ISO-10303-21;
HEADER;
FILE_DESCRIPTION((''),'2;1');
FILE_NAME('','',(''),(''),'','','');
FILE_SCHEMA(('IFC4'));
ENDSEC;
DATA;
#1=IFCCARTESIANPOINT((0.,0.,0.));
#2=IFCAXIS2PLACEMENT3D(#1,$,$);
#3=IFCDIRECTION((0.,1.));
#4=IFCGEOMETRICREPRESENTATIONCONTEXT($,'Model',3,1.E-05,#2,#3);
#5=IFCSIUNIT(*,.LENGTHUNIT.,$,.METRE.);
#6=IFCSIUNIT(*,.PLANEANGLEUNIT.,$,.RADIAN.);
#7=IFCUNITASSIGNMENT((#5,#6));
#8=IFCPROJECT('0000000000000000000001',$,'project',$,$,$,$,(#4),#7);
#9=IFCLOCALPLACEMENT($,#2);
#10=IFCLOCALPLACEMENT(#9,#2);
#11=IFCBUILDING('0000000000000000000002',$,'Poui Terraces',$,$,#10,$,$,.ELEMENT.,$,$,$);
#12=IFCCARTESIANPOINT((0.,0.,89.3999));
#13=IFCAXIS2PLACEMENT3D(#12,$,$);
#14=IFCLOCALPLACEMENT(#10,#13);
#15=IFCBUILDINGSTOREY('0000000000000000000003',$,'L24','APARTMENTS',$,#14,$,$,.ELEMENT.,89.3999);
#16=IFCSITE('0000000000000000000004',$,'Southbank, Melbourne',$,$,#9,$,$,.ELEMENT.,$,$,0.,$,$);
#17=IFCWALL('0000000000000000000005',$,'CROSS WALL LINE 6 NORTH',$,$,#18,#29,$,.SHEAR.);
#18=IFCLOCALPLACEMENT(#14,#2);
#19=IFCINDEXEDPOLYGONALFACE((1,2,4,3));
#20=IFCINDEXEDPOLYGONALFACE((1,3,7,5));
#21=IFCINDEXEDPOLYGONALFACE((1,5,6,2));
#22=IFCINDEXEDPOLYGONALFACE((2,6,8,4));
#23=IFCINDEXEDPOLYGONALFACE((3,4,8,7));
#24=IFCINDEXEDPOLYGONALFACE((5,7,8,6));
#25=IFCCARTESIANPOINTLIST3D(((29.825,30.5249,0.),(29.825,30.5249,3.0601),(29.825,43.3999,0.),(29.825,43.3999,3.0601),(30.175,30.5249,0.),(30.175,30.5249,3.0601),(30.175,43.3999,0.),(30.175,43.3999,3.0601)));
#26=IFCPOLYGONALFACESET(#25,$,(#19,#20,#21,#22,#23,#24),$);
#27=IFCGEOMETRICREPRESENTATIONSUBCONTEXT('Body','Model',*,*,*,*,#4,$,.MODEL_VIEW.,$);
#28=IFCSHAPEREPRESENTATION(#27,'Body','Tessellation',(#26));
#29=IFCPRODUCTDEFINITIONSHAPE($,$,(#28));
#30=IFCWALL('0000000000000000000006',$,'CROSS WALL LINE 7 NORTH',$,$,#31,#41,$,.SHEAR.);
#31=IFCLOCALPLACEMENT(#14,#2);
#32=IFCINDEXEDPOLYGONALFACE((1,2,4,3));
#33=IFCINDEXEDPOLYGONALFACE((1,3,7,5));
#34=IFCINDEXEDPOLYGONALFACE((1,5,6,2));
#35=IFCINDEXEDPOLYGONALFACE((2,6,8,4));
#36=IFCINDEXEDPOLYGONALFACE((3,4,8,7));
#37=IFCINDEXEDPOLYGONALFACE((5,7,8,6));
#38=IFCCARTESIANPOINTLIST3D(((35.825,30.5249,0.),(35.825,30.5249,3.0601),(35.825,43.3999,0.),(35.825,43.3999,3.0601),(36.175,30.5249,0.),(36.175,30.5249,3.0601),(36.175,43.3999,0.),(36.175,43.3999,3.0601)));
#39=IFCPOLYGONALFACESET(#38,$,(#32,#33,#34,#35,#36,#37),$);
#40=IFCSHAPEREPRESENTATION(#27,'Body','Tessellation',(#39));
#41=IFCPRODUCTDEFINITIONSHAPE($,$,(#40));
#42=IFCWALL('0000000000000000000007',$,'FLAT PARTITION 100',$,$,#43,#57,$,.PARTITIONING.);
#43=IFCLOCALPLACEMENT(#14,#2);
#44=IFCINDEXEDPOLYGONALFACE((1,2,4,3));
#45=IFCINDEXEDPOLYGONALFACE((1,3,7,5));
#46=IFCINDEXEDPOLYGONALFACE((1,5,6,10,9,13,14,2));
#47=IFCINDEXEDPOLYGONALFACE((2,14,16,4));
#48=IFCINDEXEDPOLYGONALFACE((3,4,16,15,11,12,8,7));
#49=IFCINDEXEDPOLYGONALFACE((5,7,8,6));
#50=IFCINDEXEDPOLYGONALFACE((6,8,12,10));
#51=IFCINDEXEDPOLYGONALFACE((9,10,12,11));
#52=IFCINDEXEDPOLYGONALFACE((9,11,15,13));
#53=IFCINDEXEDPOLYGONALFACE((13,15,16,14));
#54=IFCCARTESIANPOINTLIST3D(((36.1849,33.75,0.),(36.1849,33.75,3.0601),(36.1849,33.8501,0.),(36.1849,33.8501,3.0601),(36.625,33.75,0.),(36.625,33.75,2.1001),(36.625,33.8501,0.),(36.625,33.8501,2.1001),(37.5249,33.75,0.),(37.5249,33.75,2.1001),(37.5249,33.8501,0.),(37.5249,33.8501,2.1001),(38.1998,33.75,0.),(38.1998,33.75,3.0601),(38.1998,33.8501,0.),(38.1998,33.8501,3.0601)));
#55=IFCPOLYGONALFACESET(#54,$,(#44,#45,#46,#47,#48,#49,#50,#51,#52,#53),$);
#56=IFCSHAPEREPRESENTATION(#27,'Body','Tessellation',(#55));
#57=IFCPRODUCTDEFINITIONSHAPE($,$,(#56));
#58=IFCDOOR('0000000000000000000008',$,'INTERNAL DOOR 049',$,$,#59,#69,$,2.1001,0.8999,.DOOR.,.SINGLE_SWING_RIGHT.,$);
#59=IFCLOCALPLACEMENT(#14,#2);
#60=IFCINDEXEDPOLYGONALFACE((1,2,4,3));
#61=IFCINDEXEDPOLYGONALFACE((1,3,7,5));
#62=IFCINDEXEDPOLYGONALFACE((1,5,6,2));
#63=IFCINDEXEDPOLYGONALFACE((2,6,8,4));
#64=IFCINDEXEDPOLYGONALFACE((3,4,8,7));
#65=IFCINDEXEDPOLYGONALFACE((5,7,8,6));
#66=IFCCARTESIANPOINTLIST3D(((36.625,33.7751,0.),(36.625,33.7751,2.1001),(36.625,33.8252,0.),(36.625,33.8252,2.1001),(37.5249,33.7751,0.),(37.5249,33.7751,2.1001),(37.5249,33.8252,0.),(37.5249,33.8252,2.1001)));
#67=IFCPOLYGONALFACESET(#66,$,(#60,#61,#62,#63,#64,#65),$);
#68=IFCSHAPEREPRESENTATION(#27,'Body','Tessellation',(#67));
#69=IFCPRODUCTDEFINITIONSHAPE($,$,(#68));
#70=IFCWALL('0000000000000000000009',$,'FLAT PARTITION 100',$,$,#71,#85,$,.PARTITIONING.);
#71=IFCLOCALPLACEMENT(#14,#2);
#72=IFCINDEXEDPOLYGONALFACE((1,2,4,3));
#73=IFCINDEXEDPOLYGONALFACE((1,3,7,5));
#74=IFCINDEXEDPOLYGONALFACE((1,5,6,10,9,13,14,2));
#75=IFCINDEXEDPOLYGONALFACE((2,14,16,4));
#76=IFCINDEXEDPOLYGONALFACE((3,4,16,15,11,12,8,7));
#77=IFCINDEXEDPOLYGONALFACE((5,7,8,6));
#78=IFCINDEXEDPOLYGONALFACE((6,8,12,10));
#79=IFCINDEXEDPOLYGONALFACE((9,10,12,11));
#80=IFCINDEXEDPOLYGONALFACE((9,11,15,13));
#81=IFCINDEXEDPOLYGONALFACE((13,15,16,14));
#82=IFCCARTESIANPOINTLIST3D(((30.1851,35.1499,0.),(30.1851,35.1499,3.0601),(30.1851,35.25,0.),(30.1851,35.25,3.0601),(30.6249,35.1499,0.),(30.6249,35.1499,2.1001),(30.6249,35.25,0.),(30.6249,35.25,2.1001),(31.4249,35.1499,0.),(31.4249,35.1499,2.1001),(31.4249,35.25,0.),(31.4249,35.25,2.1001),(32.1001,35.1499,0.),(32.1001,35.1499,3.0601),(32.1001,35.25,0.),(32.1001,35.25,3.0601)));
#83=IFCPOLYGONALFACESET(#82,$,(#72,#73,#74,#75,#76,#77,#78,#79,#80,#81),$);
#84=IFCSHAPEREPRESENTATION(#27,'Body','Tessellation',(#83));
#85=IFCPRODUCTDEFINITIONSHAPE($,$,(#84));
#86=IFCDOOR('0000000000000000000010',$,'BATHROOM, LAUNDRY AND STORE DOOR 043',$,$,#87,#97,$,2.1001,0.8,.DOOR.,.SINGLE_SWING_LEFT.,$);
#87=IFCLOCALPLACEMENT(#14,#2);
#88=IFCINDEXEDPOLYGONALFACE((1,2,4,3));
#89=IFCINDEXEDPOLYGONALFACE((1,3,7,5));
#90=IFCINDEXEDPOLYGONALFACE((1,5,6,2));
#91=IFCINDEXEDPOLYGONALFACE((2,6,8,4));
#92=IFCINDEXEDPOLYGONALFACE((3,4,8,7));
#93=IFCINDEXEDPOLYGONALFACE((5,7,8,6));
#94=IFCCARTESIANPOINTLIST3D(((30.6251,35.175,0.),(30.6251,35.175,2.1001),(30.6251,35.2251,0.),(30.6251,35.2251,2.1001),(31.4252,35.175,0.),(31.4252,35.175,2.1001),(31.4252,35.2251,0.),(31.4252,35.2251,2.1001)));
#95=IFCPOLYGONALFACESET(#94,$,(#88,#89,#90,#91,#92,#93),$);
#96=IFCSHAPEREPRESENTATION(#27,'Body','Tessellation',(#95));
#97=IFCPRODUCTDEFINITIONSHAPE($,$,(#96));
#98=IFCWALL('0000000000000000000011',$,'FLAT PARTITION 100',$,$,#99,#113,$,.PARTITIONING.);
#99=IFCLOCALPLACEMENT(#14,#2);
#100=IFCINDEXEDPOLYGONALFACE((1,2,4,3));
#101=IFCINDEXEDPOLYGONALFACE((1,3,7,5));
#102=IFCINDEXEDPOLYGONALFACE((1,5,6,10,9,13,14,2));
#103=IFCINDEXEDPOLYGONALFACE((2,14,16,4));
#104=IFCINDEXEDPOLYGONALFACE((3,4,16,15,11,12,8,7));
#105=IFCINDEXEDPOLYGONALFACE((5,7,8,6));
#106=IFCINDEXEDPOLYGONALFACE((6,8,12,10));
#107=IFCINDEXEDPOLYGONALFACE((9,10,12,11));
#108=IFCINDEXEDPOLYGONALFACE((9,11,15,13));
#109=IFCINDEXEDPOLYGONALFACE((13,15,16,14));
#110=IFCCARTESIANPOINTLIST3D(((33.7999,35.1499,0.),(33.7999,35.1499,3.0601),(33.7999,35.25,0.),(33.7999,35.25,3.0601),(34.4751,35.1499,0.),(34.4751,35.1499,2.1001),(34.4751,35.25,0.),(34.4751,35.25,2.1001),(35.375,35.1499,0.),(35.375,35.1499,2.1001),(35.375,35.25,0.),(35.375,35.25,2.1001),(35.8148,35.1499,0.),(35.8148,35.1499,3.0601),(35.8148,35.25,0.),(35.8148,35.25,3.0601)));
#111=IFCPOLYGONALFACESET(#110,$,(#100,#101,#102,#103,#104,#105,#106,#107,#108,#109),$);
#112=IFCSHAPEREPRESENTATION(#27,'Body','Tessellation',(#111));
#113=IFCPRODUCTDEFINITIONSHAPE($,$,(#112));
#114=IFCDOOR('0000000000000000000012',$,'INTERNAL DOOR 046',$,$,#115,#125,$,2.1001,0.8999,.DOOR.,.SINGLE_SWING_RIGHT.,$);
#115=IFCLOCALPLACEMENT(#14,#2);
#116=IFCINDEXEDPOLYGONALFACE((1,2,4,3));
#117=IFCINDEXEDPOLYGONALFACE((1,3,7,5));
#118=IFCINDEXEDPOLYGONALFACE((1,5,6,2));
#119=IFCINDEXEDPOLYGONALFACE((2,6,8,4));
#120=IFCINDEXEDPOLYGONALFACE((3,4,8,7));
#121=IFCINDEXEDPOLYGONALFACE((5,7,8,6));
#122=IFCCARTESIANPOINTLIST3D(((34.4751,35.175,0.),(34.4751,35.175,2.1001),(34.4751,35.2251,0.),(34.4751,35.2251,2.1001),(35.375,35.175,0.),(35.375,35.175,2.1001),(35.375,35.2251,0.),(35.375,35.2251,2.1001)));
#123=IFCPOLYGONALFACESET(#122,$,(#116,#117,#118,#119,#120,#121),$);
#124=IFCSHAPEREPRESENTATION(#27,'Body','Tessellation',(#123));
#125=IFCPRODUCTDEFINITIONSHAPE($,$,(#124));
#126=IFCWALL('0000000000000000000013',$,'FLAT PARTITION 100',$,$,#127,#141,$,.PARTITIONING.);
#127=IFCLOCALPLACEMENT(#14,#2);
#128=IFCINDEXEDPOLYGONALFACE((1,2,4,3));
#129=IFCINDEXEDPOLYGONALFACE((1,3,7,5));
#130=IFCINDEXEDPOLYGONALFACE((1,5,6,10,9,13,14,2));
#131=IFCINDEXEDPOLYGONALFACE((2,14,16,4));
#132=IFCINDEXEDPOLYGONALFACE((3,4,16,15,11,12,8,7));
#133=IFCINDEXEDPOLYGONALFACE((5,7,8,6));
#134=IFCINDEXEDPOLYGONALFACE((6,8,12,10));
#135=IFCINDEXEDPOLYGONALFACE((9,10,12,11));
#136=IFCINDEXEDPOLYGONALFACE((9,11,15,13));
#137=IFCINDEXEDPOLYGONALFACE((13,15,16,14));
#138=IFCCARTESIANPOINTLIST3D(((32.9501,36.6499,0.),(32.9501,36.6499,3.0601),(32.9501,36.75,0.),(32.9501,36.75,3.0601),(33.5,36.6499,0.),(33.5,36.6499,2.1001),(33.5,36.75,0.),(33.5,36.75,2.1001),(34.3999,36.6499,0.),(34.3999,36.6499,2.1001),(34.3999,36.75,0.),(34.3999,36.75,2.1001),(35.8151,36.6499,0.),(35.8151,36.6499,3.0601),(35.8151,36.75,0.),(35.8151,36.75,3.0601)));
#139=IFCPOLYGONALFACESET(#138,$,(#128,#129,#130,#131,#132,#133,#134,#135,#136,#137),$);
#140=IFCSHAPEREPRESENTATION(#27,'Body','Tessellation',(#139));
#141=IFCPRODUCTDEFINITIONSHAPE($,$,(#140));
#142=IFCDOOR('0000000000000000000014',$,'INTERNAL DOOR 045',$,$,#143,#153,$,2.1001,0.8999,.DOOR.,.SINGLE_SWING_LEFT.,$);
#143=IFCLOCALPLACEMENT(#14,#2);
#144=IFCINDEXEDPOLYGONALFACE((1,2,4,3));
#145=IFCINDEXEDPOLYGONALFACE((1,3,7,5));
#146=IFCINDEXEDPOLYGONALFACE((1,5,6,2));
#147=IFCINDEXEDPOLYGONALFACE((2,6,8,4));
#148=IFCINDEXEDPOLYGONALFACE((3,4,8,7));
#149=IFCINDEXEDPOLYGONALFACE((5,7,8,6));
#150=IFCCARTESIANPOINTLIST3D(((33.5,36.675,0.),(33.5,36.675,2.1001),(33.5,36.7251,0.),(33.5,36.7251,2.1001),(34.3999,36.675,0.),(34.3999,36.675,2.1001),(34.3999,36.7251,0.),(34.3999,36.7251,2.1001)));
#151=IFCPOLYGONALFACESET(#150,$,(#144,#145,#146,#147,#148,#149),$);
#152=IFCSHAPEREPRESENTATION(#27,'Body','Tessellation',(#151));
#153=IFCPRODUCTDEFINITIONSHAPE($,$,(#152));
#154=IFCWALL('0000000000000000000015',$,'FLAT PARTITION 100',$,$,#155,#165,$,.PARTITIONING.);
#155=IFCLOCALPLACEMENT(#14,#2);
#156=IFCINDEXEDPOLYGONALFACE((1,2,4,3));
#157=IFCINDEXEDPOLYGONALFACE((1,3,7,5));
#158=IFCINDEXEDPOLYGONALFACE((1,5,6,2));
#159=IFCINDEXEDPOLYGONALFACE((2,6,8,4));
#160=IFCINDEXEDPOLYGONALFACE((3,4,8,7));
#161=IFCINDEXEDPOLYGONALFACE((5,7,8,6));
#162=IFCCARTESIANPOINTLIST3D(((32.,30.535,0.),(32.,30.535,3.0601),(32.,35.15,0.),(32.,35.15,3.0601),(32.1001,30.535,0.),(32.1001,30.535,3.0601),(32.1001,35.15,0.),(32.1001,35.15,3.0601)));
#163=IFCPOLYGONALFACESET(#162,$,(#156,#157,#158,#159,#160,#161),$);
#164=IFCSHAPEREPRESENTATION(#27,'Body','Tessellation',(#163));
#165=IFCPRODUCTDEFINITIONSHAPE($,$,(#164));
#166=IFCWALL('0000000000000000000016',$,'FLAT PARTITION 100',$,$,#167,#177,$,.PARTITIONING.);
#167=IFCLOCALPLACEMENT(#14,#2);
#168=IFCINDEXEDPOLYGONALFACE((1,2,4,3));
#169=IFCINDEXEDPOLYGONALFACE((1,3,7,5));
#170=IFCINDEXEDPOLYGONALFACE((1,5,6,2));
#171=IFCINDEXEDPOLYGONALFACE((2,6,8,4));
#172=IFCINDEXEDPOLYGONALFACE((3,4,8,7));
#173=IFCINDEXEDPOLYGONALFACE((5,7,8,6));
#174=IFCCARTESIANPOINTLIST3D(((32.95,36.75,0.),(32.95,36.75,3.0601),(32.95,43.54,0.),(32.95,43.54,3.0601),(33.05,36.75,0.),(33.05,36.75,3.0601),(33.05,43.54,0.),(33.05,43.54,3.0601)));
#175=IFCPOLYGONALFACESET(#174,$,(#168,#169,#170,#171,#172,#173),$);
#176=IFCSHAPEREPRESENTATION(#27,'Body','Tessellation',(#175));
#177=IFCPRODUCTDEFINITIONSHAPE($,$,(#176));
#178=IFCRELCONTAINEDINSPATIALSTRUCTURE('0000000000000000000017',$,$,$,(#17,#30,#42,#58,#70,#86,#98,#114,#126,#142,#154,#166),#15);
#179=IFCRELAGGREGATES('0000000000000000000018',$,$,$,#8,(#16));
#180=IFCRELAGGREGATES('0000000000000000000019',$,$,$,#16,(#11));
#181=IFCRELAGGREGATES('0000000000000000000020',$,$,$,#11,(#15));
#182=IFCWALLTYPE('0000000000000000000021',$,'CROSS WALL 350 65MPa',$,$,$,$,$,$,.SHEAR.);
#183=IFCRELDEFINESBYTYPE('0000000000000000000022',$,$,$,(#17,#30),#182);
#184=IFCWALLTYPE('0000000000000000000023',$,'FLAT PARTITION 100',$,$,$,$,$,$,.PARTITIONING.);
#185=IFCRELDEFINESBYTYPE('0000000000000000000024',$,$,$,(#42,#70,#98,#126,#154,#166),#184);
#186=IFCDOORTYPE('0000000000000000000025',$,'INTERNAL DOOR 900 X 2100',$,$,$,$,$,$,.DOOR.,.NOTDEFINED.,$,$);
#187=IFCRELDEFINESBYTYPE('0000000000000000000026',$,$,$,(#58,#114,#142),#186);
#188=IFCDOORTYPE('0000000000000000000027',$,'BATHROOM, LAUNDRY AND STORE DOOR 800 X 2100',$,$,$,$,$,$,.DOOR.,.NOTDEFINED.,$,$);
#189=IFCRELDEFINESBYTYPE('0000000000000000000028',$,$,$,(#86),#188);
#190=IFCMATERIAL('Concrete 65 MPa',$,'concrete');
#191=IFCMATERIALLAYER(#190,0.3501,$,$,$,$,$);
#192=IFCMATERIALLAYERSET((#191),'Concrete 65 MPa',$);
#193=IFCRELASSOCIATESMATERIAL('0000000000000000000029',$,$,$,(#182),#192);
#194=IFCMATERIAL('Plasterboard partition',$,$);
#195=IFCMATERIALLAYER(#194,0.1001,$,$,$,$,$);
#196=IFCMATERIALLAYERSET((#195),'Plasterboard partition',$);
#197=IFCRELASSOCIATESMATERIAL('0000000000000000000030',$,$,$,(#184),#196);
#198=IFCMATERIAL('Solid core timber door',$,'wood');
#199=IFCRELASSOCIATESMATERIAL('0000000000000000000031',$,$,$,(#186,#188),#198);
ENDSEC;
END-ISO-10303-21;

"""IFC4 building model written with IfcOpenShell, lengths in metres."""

from ifc_helpers import new_model, si_unit, direction, frame, frame_2d, origin, place, context, subcontext, project, spatial, rectangle, extrude, material, layer, layer_set, type_object, element, fill, save


model = new_model("IFC4")

# Units and contexts
model_context = context("Model", 3, precision=1e-05, world=origin(), true_north=direction((0.0, 1.0)))
body_context = subcontext(model_context, "Body", "Model", "MODEL_VIEW")
ifc_project = project(units=[si_unit("LENGTHUNIT", "METRE"), si_unit("PLANEANGLEUNIT", "RADIAN")], contexts=[model_context])

# Site, building, storey
site_placement = place(None, origin())
site = spatial("IfcSite", under=ifc_project, at=site_placement, Name="Southbank, Melbourne", CompositionType="ELEMENT", RefElevation=0.0)
building_placement = place(site_placement, origin())
building = spatial("IfcBuilding", under=site, at=building_placement, Name="Poui Terraces", CompositionType="ELEMENT")
storey_placement = place(building_placement, frame((0.0, 0.0, 89.3999)))
storey = spatial("IfcBuildingStorey", under=building, at=storey_placement, Name="L24", Description="APARTMENTS", CompositionType="ELEMENT", Elevation=89.3999)

# Walls
ifc_material_1 = material(Name="Concrete 65 MPa", Category="concrete")
ifc_layer_1 = layer(ifc_material_1, 0.3501)
ifc_layer_set_1 = layer_set([ifc_layer_1], Name="Concrete 65 MPa")
wall_type_1 = type_object("IfcWallType", Name="CROSS WALL 350 65MPa", PredefinedType="SHEAR", material=ifc_layer_set_1)
for number, where, z_axis, x_axis, name in (
    (1, (30.0, 30.5249, 0.0), (0.0, 0.0, 1.0), (0.0, 1.0, 0.0), "CROSS WALL LINE 6 NORTH"),
    (2, (36.0, 30.5249, 0.0), (0.0, 0.0, 1.0), (0.0, 1.0, 0.0), "CROSS WALL LINE 7 NORTH"),
):
    element("IfcWall", number, at=place(storey_placement, frame(where, z_axis=z_axis, x_axis=x_axis)), inside=storey, type_object=wall_type_1, Name=name, PredefinedType="SHEAR", context=body_context, shape_type="SweptSolid", body=[
        extrude(rectangle(XDim=12.875, YDim=0.3501, at=frame_2d((6.4375, 0.0))), origin(), (0.0, 0.0, 1.0), 3.0601),
    ])

# Walls, openings, doors
ifc_material_2 = material(Name="Plasterboard partition")
ifc_layer_2 = layer(ifc_material_2, 0.1001)
ifc_layer_set_2 = layer_set([ifc_layer_2], Name="Plasterboard partition")
wall_type_2 = type_object("IfcWallType", Name="FLAT PARTITION 100", PredefinedType="PARTITIONING", material=ifc_layer_set_2)
wall_1_placement = place(storey_placement, frame((36.1851, 33.8, 0.0), z_axis=(0.0, 0.0, 1.0), x_axis=(1.0, 0.0, 0.0)))
wall_1 = element("IfcWall", 3, at=wall_1_placement, inside=storey, type_object=wall_type_2, Name="FLAT PARTITION 100", PredefinedType="PARTITIONING", context=body_context, shape_type="SweptSolid", body=[
    extrude(rectangle(XDim=2.0149, YDim=0.1001, at=frame_2d((1.0073, 0.0))), origin(), (0.0, 0.0, 1.0), 3.0601),
])
opening_1_placement = place(wall_1_placement, frame((0.4399, 0.0, 0.0)))
opening_1 = element("IfcOpeningElement", 4, at=opening_1_placement, cuts=wall_1, PredefinedType="OPENING", context=body_context, shape_type="SweptSolid", body=[
    extrude(rectangle(XDim=0.8999, YDim=2.1001, at=frame_2d((0.45, 1.05))), frame((0.0, 0.0601, 0.0), z_axis=(0.0, -1.0, 0.0), x_axis=(1.0, 0.0, 0.0)), (0.0, 0.0, 1.0), 0.1201),
])
ifc_material_3 = material(Name="Solid core timber door", Category="wood")
door_type_1 = type_object("IfcDoorType", Name="INTERNAL DOOR 900 X 2100", OperationType="NOTDEFINED", PredefinedType="DOOR", material=ifc_material_3)
door_1_placement = place(opening_1_placement, frame((0.8999, 0.0, 0.0), z_axis=(0.0, 0.0, 1.0), x_axis=(-1.0, 0.0, 0.0)))
door_1 = element("IfcDoor", 5, at=door_1_placement, inside=storey, type_object=door_type_1, Name="INTERNAL DOOR 049", OperationType="SINGLE_SWING_RIGHT", OverallHeight=2.1001, OverallWidth=0.8999, PredefinedType="DOOR", context=body_context, shape_type="SweptSolid", body=[
    extrude(rectangle(XDim=0.8999, YDim=2.1001, at=frame_2d((0.45, 1.05))), frame((0.0, 0.0249, 0.0), z_axis=(0.0, -1.0, 0.0), x_axis=(1.0, 0.0, 0.0)), (0.0, 0.0, 1.0), 0.05),
])
fill(opening_1, door_1)
wall_2_placement = place(storey_placement, frame((30.1851, 35.2, 0.0), z_axis=(0.0, 0.0, 1.0), x_axis=(1.0, 0.0, 0.0)))
wall_2 = element("IfcWall", 6, at=wall_2_placement, inside=storey, type_object=wall_type_2, Name="FLAT PARTITION 100", PredefinedType="PARTITIONING", context=body_context, shape_type="SweptSolid", body=[
    extrude(rectangle(XDim=1.915, YDim=0.1001, at=frame_2d((0.9575, 0.0))), origin(), (0.0, 0.0, 1.0), 3.0601),
])
opening_2_placement = place(wall_2_placement, frame((0.4399, 0.0, 0.0)))
opening_2 = element("IfcOpeningElement", 7, at=opening_2_placement, cuts=wall_2, PredefinedType="OPENING", context=body_context, shape_type="SweptSolid", body=[
    extrude(rectangle(XDim=0.8, YDim=2.1001, at=frame_2d((0.3999, 1.05))), frame((0.0, 0.0601, 0.0), z_axis=(0.0, -1.0, 0.0), x_axis=(1.0, 0.0, 0.0)), (0.0, 0.0, 1.0), 0.1201),
])
door_type_2 = type_object("IfcDoorType", Name="BATHROOM, LAUNDRY AND STORE DOOR 800 X 2100", OperationType="NOTDEFINED", PredefinedType="DOOR", material=ifc_material_3)
door_2_placement = place(opening_2_placement, frame((0.8, 0.0, 0.0), z_axis=(0.0, 0.0, 1.0), x_axis=(-1.0, 0.0, 0.0)))
door_2 = element("IfcDoor", 8, at=door_2_placement, inside=storey, type_object=door_type_2, Name="BATHROOM, LAUNDRY AND STORE DOOR 043", OperationType="SINGLE_SWING_LEFT", OverallHeight=2.1001, OverallWidth=0.8, PredefinedType="DOOR", context=body_context, shape_type="SweptSolid", body=[
    extrude(rectangle(XDim=0.8, YDim=2.1001, at=frame_2d((0.3999, 1.05))), frame((0.0, 0.0249, 0.0), z_axis=(0.0, -1.0, 0.0), x_axis=(1.0, 0.0, 0.0)), (0.0, 0.0, 1.0), 0.05),
])
fill(opening_2, door_2)
wall_3_placement = place(storey_placement, frame((33.8, 35.2, 0.0), z_axis=(0.0, 0.0, 1.0), x_axis=(1.0, 0.0, 0.0)))
wall_3 = element("IfcWall", 9, at=wall_3_placement, inside=storey, type_object=wall_type_2, Name="FLAT PARTITION 100", PredefinedType="PARTITIONING", context=body_context, shape_type="SweptSolid", body=[
    extrude(rectangle(XDim=2.0149, YDim=0.1001, at=frame_2d((1.0073, 0.0))), origin(), (0.0, 0.0, 1.0), 3.0601),
])
opening_3_placement = place(wall_3_placement, frame((0.675, 0.0, 0.0)))
opening_3 = element("IfcOpeningElement", 10, at=opening_3_placement, cuts=wall_3, PredefinedType="OPENING", context=body_context, shape_type="SweptSolid", body=[
    extrude(rectangle(XDim=0.8999, YDim=2.1001, at=frame_2d((0.45, 1.05))), frame((0.0, 0.0601, 0.0), z_axis=(0.0, -1.0, 0.0), x_axis=(1.0, 0.0, 0.0)), (0.0, 0.0, 1.0), 0.1201),
])
door_3_placement = place(opening_3_placement, frame((0.8999, 0.0, 0.0), z_axis=(0.0, 0.0, 1.0), x_axis=(-1.0, 0.0, 0.0)))
door_3 = element("IfcDoor", 11, at=door_3_placement, inside=storey, type_object=door_type_1, Name="INTERNAL DOOR 046", OperationType="SINGLE_SWING_RIGHT", OverallHeight=2.1001, OverallWidth=0.8999, PredefinedType="DOOR", context=body_context, shape_type="SweptSolid", body=[
    extrude(rectangle(XDim=0.8999, YDim=2.1001, at=frame_2d((0.45, 1.05))), frame((0.0, 0.0249, 0.0), z_axis=(0.0, -1.0, 0.0), x_axis=(1.0, 0.0, 0.0)), (0.0, 0.0, 1.0), 0.05),
])
fill(opening_3, door_3)
wall_4_placement = place(storey_placement, frame((32.95, 36.7, 0.0), z_axis=(0.0, 0.0, 1.0), x_axis=(1.0, 0.0, 0.0)))
wall_4 = element("IfcWall", 12, at=wall_4_placement, inside=storey, type_object=wall_type_2, Name="FLAT PARTITION 100", PredefinedType="PARTITIONING", context=body_context, shape_type="SweptSolid", body=[
    extrude(rectangle(XDim=2.865, YDim=0.1001, at=frame_2d((1.4326, 0.0))), origin(), (0.0, 0.0, 1.0), 3.0601),
])
opening_4_placement = place(wall_4_placement, frame((0.55, 0.0, 0.0)))
opening_4 = element("IfcOpeningElement", 13, at=opening_4_placement, cuts=wall_4, PredefinedType="OPENING", context=body_context, shape_type="SweptSolid", body=[
    extrude(rectangle(XDim=0.8999, YDim=2.1001, at=frame_2d((0.45, 1.05))), frame((0.0, 0.0601, 0.0), z_axis=(0.0, -1.0, 0.0), x_axis=(1.0, 0.0, 0.0)), (0.0, 0.0, 1.0), 0.1201),
])
door_4_placement = place(opening_4_placement, frame((0.8999, 0.0, 0.0), z_axis=(0.0, 0.0, 1.0), x_axis=(-1.0, 0.0, 0.0)))
door_4 = element("IfcDoor", 14, at=door_4_placement, inside=storey, type_object=door_type_1, Name="INTERNAL DOOR 045", OperationType="SINGLE_SWING_LEFT", OverallHeight=2.1001, OverallWidth=0.8999, PredefinedType="DOOR", context=body_context, shape_type="SweptSolid", body=[
    extrude(rectangle(XDim=0.8999, YDim=2.1001, at=frame_2d((0.45, 1.05))), frame((0.0, 0.0249, 0.0), z_axis=(0.0, -1.0, 0.0), x_axis=(1.0, 0.0, 0.0)), (0.0, 0.0, 1.0), 0.05),
])
fill(opening_4, door_4)

# Walls
wall_5_placement = place(storey_placement, frame((32.05, 30.5349, 0.0), z_axis=(0.0, 0.0, 1.0), x_axis=(0.0, 1.0, 0.0)))
element("IfcWall", 15, at=wall_5_placement, inside=storey, type_object=wall_type_2, Name="FLAT PARTITION 100", PredefinedType="PARTITIONING", context=body_context, shape_type="SweptSolid", body=[
    extrude(rectangle(XDim=4.615, YDim=0.1001, at=frame_2d((2.3076, 0.0))), origin(), (0.0, 0.0, 1.0), 3.0601),
])
wall_6_placement = place(storey_placement, frame((33.0, 36.75, 0.0), z_axis=(0.0, 0.0, 1.0), x_axis=(0.0, 1.0, 0.0)))
element("IfcWall", 16, at=wall_6_placement, inside=storey, type_object=wall_type_2, Name="FLAT PARTITION 100", PredefinedType="PARTITIONING", context=body_context, shape_type="SweptSolid", body=[
    extrude(rectangle(XDim=6.79, YDim=0.1001, at=frame_2d((3.395, 0.0))), origin(), (0.0, 0.0, 1.0), 3.0601),
])

save(model, "model.ifc")
